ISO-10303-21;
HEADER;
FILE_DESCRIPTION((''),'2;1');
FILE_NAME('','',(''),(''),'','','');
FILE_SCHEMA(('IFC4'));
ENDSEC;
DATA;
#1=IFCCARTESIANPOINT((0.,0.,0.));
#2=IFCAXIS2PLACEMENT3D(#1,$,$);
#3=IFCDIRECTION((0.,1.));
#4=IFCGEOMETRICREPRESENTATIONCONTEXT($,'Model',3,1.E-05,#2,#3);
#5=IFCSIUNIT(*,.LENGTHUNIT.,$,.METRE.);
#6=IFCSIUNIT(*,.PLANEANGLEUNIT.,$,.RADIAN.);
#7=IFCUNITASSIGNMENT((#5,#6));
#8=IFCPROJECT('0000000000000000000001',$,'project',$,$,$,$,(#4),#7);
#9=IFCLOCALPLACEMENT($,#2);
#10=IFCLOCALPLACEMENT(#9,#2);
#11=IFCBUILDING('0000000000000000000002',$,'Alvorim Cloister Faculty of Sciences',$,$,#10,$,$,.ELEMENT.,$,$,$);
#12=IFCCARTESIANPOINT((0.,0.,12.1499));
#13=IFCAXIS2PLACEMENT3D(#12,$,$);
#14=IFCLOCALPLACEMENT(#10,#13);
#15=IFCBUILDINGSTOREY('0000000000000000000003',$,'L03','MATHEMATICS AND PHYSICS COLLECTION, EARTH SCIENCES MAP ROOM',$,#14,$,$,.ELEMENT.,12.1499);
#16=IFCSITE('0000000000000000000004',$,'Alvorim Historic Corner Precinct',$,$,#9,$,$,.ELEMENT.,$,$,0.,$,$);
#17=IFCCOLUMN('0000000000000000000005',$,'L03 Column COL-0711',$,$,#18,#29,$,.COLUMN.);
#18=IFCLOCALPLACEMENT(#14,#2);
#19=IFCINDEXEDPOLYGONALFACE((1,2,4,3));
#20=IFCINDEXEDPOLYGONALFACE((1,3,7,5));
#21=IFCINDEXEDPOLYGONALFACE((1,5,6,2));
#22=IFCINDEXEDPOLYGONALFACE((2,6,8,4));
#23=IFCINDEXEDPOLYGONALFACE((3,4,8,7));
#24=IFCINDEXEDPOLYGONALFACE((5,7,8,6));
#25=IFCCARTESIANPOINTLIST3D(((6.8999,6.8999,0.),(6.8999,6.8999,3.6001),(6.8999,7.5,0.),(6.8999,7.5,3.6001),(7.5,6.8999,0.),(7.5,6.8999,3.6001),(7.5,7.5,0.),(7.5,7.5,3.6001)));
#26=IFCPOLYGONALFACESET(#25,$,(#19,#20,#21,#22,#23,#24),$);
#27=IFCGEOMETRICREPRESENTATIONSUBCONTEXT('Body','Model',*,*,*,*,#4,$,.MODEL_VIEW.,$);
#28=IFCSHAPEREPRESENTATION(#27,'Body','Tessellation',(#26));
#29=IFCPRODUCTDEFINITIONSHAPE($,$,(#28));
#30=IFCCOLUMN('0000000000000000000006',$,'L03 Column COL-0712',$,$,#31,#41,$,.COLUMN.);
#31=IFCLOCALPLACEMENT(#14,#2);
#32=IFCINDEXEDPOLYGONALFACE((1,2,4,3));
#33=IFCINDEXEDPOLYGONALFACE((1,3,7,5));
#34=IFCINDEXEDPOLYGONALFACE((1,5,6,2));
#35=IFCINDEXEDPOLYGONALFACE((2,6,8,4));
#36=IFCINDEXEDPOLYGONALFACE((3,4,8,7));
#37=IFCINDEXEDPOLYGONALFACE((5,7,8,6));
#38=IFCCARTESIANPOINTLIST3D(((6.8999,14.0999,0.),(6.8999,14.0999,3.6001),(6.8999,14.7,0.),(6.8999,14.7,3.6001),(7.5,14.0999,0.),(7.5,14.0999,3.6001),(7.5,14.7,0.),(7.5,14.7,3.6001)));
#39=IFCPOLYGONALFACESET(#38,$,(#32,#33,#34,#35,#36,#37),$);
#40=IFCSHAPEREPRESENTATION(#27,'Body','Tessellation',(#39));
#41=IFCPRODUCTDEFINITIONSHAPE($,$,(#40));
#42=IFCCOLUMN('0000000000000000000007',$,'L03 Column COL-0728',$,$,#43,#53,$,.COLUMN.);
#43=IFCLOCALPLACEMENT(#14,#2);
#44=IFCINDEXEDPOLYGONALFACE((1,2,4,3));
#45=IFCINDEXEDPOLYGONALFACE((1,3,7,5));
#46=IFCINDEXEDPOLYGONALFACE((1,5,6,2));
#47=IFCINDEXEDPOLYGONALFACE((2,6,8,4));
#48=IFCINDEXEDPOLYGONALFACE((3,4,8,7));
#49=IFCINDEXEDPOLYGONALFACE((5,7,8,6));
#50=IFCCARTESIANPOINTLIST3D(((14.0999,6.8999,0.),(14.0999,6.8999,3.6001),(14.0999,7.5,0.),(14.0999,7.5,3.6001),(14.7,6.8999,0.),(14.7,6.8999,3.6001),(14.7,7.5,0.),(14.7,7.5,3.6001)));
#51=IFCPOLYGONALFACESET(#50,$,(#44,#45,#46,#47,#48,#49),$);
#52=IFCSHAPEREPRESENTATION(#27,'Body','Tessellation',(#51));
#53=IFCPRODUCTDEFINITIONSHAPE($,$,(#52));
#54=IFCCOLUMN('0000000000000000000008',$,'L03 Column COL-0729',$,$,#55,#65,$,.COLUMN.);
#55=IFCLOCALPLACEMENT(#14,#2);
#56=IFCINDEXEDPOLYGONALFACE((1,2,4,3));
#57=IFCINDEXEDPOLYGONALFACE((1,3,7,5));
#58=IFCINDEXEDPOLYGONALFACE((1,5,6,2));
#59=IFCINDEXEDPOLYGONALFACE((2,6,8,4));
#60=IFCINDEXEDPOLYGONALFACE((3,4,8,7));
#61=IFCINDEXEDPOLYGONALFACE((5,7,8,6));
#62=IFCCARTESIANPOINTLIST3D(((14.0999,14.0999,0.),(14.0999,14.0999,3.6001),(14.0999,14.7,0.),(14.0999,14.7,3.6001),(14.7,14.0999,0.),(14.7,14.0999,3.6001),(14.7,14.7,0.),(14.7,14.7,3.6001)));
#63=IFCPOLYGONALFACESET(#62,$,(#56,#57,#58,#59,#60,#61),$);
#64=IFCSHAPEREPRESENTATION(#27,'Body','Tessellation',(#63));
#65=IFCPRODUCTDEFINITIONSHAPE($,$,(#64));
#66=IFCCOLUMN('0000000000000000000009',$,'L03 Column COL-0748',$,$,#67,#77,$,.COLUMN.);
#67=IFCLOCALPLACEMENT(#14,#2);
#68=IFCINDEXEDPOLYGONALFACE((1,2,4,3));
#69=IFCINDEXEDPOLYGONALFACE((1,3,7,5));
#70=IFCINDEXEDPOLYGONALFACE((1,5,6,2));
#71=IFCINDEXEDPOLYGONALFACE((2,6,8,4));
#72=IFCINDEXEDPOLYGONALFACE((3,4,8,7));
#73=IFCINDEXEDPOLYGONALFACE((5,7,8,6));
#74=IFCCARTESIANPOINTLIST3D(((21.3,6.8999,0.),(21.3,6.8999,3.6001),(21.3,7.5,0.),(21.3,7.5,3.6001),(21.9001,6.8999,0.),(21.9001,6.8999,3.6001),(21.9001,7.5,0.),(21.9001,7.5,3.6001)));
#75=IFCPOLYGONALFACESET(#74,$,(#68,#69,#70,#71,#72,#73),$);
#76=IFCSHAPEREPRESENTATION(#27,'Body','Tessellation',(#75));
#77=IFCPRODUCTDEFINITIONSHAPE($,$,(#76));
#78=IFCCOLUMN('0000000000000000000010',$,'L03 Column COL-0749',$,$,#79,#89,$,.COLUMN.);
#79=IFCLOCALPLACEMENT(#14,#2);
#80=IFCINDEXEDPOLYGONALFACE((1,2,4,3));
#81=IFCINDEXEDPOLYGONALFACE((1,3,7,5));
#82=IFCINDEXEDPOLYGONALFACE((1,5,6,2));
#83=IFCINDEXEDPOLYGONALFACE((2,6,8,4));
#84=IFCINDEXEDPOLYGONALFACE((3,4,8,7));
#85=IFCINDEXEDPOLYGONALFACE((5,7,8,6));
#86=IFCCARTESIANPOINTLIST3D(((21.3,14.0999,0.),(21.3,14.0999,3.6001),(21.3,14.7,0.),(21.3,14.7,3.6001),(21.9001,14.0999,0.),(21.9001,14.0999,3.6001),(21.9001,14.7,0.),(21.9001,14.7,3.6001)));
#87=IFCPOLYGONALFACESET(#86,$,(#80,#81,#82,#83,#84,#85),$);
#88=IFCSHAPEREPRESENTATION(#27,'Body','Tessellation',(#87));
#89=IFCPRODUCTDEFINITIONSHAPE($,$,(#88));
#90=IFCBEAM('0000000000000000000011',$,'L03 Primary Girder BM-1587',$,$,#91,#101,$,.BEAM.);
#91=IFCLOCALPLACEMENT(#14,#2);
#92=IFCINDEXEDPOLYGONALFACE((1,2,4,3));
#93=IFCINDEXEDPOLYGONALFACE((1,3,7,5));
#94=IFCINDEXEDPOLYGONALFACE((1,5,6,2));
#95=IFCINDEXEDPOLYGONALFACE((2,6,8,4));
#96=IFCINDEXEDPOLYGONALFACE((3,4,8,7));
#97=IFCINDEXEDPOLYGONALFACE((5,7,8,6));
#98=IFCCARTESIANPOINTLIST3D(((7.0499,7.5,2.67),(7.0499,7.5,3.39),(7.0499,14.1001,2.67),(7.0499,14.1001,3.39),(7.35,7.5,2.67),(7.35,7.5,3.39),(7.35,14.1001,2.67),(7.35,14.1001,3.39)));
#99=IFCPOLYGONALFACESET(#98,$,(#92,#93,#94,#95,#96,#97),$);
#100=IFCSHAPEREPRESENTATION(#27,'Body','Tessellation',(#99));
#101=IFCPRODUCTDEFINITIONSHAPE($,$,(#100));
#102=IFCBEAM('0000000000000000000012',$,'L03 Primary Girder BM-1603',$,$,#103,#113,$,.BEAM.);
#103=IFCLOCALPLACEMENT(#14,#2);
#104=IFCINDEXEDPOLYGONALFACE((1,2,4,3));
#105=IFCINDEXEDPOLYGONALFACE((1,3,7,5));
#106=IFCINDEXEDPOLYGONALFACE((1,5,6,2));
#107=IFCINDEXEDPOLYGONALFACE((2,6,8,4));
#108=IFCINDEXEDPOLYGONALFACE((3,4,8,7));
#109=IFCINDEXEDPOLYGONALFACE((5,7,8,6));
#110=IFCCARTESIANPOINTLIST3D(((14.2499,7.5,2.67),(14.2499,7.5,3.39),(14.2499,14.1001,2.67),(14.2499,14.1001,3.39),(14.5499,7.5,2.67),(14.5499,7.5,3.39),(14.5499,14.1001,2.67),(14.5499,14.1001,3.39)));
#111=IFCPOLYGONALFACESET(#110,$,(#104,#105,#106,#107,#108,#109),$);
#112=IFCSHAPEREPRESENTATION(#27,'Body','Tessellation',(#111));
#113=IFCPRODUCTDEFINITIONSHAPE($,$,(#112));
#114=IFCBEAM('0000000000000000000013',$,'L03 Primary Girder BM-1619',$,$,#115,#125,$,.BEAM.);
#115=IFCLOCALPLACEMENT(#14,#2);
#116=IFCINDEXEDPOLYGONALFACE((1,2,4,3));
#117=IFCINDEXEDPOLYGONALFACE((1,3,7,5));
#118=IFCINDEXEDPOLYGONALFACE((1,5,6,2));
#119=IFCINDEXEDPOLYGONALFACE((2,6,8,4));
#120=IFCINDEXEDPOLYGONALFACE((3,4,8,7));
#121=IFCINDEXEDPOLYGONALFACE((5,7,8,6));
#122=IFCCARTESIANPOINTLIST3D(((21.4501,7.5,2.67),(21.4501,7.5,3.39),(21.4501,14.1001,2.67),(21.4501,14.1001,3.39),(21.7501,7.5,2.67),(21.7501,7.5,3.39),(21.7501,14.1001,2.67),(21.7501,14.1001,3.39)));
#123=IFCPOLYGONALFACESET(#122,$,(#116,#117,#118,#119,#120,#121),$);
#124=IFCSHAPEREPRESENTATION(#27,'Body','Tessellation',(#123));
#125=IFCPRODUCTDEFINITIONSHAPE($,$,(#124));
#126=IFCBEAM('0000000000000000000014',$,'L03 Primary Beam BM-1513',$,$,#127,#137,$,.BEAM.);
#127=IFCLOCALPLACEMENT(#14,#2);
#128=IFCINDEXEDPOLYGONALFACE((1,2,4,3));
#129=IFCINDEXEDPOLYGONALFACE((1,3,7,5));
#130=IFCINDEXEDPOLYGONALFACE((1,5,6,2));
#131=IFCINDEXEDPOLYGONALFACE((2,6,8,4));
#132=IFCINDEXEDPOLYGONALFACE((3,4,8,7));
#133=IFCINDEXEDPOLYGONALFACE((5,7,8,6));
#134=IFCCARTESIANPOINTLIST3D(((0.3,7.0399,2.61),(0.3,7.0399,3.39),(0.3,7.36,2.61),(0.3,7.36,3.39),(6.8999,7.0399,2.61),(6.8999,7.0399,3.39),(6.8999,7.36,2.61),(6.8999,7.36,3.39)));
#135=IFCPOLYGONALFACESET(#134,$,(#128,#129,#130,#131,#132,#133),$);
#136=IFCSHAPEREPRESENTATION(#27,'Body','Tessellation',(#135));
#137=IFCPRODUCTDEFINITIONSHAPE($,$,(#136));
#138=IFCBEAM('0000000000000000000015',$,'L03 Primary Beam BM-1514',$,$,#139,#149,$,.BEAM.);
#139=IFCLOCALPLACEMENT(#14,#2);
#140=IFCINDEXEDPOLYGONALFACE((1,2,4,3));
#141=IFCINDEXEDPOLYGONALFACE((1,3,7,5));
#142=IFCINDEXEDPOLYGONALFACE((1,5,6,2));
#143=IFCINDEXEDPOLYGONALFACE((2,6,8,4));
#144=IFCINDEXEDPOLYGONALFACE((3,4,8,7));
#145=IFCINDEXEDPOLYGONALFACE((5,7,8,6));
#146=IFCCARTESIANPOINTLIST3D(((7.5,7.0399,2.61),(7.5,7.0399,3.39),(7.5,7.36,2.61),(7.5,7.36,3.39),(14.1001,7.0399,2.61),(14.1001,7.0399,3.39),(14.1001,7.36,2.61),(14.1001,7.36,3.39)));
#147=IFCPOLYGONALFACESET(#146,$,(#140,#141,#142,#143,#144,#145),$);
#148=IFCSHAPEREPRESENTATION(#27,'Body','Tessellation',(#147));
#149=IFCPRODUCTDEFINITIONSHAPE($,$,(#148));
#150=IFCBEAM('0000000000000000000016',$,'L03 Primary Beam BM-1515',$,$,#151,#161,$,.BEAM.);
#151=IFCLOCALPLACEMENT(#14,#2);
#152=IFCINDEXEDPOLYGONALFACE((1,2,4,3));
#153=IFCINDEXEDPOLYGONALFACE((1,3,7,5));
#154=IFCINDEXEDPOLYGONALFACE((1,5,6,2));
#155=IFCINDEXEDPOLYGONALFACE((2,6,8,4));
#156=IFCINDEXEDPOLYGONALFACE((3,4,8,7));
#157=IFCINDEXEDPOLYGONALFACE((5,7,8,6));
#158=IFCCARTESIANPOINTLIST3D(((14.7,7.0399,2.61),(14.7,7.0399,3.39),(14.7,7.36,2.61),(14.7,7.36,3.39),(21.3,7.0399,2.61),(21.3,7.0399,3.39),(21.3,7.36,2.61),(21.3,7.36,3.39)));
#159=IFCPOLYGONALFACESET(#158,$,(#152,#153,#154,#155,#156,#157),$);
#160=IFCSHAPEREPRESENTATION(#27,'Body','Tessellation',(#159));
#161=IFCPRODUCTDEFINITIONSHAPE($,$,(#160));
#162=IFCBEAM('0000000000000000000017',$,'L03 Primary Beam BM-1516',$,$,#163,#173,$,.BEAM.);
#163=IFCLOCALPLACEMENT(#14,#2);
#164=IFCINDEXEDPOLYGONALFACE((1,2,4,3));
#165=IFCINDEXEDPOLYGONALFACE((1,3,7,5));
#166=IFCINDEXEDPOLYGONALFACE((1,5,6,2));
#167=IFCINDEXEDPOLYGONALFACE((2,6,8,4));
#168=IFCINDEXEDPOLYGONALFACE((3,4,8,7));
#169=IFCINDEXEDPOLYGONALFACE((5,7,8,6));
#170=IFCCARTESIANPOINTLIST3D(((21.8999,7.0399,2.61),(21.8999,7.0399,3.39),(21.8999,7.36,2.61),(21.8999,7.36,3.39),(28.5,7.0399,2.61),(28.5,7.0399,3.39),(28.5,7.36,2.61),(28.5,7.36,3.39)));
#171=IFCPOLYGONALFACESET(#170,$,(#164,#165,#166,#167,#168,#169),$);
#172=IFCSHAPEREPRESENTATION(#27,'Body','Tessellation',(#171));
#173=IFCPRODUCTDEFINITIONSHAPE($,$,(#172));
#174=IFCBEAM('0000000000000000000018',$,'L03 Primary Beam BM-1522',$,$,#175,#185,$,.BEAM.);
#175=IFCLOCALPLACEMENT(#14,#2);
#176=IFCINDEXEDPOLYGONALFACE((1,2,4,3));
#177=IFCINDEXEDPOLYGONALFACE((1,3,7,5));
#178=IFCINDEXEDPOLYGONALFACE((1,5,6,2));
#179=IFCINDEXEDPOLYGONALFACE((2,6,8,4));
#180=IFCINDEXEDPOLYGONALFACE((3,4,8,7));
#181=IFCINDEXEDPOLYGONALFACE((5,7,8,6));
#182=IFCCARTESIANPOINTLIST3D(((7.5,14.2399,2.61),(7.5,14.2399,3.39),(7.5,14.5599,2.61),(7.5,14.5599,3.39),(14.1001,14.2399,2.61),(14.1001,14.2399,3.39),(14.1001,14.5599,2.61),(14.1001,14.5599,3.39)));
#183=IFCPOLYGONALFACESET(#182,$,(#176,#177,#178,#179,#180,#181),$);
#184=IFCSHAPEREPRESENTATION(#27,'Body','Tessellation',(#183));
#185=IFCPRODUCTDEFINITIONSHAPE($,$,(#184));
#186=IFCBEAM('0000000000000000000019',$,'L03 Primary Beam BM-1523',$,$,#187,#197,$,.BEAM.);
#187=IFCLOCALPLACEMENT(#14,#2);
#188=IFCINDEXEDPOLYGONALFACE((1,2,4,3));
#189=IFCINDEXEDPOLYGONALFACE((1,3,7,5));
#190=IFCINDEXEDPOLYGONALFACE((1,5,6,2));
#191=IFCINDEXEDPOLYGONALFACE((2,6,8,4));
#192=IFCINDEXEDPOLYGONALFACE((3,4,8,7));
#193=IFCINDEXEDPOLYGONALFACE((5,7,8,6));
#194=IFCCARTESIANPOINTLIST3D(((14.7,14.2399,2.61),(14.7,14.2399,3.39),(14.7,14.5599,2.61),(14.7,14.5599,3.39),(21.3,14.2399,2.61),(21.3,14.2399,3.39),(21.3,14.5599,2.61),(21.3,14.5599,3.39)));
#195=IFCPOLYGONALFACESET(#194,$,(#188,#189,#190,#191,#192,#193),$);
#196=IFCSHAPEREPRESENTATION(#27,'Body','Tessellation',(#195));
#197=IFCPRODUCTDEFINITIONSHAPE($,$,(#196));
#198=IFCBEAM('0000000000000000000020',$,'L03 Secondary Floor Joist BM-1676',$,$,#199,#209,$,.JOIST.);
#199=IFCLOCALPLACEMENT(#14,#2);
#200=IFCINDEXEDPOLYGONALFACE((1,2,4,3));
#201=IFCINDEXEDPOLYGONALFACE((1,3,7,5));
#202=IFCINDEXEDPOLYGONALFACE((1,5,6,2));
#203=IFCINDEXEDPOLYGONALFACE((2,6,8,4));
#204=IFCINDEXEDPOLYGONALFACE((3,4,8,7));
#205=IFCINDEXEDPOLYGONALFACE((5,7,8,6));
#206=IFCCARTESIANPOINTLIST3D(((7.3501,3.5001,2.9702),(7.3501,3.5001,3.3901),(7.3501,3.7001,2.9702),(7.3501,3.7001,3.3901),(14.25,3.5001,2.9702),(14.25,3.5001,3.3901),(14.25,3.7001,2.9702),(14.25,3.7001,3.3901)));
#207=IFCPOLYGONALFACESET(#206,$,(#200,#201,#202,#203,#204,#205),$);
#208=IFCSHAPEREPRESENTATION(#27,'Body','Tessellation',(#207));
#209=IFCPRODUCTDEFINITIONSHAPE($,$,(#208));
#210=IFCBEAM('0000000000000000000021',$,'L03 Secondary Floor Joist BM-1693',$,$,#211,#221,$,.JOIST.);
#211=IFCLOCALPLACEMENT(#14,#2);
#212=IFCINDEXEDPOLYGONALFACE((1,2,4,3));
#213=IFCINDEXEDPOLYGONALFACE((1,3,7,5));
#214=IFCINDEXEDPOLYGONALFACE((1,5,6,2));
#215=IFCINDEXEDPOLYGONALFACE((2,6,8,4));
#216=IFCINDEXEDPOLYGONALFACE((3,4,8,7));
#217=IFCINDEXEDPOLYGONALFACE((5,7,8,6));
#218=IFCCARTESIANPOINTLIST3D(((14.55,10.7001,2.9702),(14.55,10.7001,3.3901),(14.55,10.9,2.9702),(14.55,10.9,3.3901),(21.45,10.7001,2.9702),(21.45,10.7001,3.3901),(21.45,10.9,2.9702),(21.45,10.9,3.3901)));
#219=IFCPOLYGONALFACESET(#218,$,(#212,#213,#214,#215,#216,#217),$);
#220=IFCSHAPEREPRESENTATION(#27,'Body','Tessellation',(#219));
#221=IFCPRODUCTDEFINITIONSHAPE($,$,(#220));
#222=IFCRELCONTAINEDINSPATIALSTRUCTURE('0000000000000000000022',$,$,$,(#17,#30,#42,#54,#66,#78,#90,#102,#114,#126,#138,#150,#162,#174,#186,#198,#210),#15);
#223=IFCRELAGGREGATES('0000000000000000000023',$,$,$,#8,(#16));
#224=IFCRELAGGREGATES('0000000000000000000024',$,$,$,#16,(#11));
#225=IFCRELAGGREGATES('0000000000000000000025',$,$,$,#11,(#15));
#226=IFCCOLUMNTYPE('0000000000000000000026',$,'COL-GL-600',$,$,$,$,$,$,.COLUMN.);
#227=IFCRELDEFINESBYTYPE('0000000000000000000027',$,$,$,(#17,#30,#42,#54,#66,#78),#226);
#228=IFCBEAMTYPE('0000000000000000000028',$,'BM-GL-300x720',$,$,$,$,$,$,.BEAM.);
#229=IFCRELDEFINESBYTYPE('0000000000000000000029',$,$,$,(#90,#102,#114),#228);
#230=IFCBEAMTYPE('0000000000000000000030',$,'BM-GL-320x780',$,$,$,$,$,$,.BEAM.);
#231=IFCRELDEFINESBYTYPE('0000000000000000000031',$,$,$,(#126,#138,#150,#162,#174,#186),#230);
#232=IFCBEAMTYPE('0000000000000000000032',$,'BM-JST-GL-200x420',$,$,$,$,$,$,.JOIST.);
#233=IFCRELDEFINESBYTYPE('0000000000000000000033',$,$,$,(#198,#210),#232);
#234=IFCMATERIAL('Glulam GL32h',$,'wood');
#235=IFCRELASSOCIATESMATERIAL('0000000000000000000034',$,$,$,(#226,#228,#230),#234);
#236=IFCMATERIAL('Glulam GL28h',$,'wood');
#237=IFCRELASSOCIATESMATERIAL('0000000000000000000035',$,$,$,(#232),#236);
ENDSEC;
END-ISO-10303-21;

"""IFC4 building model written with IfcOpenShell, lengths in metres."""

from ifc_helpers import new_model, si_unit, direction, frame, origin, origin_2d, place, context, subcontext, project, spatial, rectangle, extrude, material, material_profile, profile_set, type_object, element, save


model = new_model("IFC4")

# Units and contexts
model_context = context("Model", 3, precision=1e-05, world=origin(), true_north=direction((0.0, 1.0)))
body_context = subcontext(model_context, "Body", "Model", "MODEL_VIEW")
ifc_project = project(units=[si_unit("LENGTHUNIT", "METRE"), si_unit("PLANEANGLEUNIT", "RADIAN")], contexts=[model_context])

# Site, building, storey
site_placement = place(None, origin())
site = spatial("IfcSite", under=ifc_project, at=site_placement, Name="Alvorim Historic Corner Precinct", CompositionType="ELEMENT", RefElevation=0.0)
building_placement = place(site_placement, origin())
building = spatial("IfcBuilding", under=site, at=building_placement, Name="Alvorim Cloister Faculty of Sciences", CompositionType="ELEMENT")
storey_placement = place(building_placement, frame((0.0, 0.0, 12.1499)))
storey = spatial("IfcBuildingStorey", under=building, at=storey_placement, Name="L03", Description="MATHEMATICS AND PHYSICS COLLECTION, EARTH SCIENCES MAP ROOM", CompositionType="ELEMENT", Elevation=12.1499)

# Columns
ifc_material_1 = material(Name="Glulam GL32h", Category="wood")
ifc_material_profile_1 = material_profile(ifc_material_1, rectangle(XDim=0.6001, YDim=0.6001, at=origin_2d()), Name="GL32-COL-600x600")
ifc_profile_set_1 = profile_set([ifc_material_profile_1], Name="Glulam GL32h")
column_type = type_object("IfcColumnType", Name="COL-GL-600", PredefinedType="COLUMN", material=ifc_profile_set_1)
for number, where, z_axis, x_axis, name in (
    (1, (7.2, 7.2, 0.0), (0.0, 0.0, 1.0), (1.0, 0.0, 0.0), "L03 Column COL-0711"),
    (2, (7.2, 14.3999, 0.0), (0.0, 0.0, 1.0), (1.0, 0.0, 0.0), "L03 Column COL-0712"),
    (3, (14.3999, 7.2, 0.0), (0.0, 0.0, 1.0), (1.0, 0.0, 0.0), "L03 Column COL-0728"),
    (4, (14.3999, 14.3999, 0.0), (0.0, 0.0, 1.0), (1.0, 0.0, 0.0), "L03 Column COL-0729"),
    (5, (21.6001, 7.2, 0.0), (0.0, 0.0, 1.0), (1.0, 0.0, 0.0), "L03 Column COL-0748"),
    (6, (21.6001, 14.3999, 0.0), (0.0, 0.0, 1.0), (1.0, 0.0, 0.0), "L03 Column COL-0749"),
):
    element("IfcColumn", number, at=place(storey_placement, frame(where, z_axis=z_axis, x_axis=x_axis)), inside=storey, type_object=column_type, Name=name, PredefinedType="COLUMN", context=body_context, shape_type="SweptSolid", body=[
        extrude(rectangle(XDim=0.6001, YDim=0.6001, at=origin_2d()), origin(), (0.0, 0.0, 1.0), 3.6001),
    ])

# Beams
ifc_material_profile_2 = material_profile(ifc_material_1, rectangle(XDim=0.3, YDim=0.72, at=origin_2d()), Name="GL32-BM-300x720")
ifc_profile_set_2 = profile_set([ifc_material_profile_2], Name="Glulam GL32h")
beam_type_1 = type_object("IfcBeamType", Name="BM-GL-300x720", PredefinedType="BEAM", material=ifc_profile_set_2)
for number, where, z_axis, x_axis, name in (
    (7, (7.2, 7.5, 3.03), (0.0, 1.0, 0.0), (-1.0, 0.0, 0.0), "L03 Primary Girder BM-1587"),
    (8, (14.3999, 7.5, 3.03), (0.0, 1.0, 0.0), (-1.0, 0.0, 0.0), "L03 Primary Girder BM-1603"),
    (9, (21.6001, 7.5, 3.03), (0.0, 1.0, 0.0), (-1.0, 0.0, 0.0), "L03 Primary Girder BM-1619"),
):
    element("IfcBeam", number, at=place(storey_placement, frame(where, z_axis=z_axis, x_axis=x_axis)), inside=storey, type_object=beam_type_1, Name=name, PredefinedType="BEAM", context=body_context, shape_type="SweptSolid", body=[
        extrude(rectangle(XDim=0.3, YDim=0.72, at=origin_2d()), origin(), (0.0, 0.0, 1.0), 6.6001),
    ])
ifc_material_profile_3 = material_profile(ifc_material_1, rectangle(XDim=0.3201, YDim=0.78, at=origin_2d()), Name="GL32-BM-320x780")
ifc_profile_set_3 = profile_set([ifc_material_profile_3], Name="Glulam GL32h")
beam_type_2 = type_object("IfcBeamType", Name="BM-GL-320x780", PredefinedType="BEAM", material=ifc_profile_set_3)
beam_1_placement = place(storey_placement, frame((0.3, 7.2, 3.0), z_axis=(1.0, 0.0, 0.0), x_axis=(0.0, 1.0, 0.0)))
element("IfcBeam", 10, at=beam_1_placement, inside=storey, type_object=beam_type_2, Name="L03 Primary Beam BM-1513", PredefinedType="BEAM", context=body_context, shape_type="SweptSolid", body=[
    extrude(rectangle(XDim=0.3201, YDim=0.78, at=origin_2d()), origin(), (0.0, 0.0, 1.0), 6.5999),
])
for number, where, z_axis, x_axis, name in (
    (11, (7.5, 7.2, 3.0), (1.0, 0.0, 0.0), (0.0, 1.0, 0.0), "L03 Primary Beam BM-1514"),
    (12, (14.7, 7.2, 3.0), (1.0, 0.0, 0.0), (0.0, 1.0, 0.0), "L03 Primary Beam BM-1515"),
    (13, (21.8999, 7.2, 3.0), (1.0, 0.0, 0.0), (0.0, 1.0, 0.0), "L03 Primary Beam BM-1516"),
    (14, (7.5, 14.3999, 3.0), (1.0, 0.0, 0.0), (0.0, 1.0, 0.0), "L03 Primary Beam BM-1522"),
    (15, (14.7, 14.3999, 3.0), (1.0, 0.0, 0.0), (0.0, 1.0, 0.0), "L03 Primary Beam BM-1523"),
):
    element("IfcBeam", number, at=place(storey_placement, frame(where, z_axis=z_axis, x_axis=x_axis)), inside=storey, type_object=beam_type_2, Name=name, PredefinedType="BEAM", context=body_context, shape_type="SweptSolid", body=[
        extrude(rectangle(XDim=0.3201, YDim=0.78, at=origin_2d()), origin(), (0.0, 0.0, 1.0), 6.6001),
    ])
ifc_material_2 = material(Name="Glulam GL28h", Category="wood")
ifc_material_profile_4 = material_profile(ifc_material_2, rectangle(XDim=0.2, YDim=0.4199, at=origin_2d()), Name="GL28-JST-200x420")
ifc_profile_set_4 = profile_set([ifc_material_profile_4], Name="Glulam GL28h")
beam_type_3 = type_object("IfcBeamType", Name="BM-JST-GL-200x420", PredefinedType="JOIST", material=ifc_profile_set_4)
for number, where, z_axis, x_axis, name in (
    (16, (7.3501, 3.6001, 3.1802), (1.0, 0.0, 0.0), (0.0, 1.0, 0.0), "L03 Secondary Floor Joist BM-1676"),
    (17, (14.55, 10.8, 3.1802), (1.0, 0.0, 0.0), (0.0, 1.0, 0.0), "L03 Secondary Floor Joist BM-1693"),
):
    element("IfcBeam", number, at=place(storey_placement, frame(where, z_axis=z_axis, x_axis=x_axis)), inside=storey, type_object=beam_type_3, Name=name, PredefinedType="JOIST", context=body_context, shape_type="SweptSolid", body=[
        extrude(rectangle(XDim=0.2, YDim=0.4199, at=origin_2d()), origin(), (0.0, 0.0, 1.0), 6.8999),
    ])

save(model, "model.ifc")
